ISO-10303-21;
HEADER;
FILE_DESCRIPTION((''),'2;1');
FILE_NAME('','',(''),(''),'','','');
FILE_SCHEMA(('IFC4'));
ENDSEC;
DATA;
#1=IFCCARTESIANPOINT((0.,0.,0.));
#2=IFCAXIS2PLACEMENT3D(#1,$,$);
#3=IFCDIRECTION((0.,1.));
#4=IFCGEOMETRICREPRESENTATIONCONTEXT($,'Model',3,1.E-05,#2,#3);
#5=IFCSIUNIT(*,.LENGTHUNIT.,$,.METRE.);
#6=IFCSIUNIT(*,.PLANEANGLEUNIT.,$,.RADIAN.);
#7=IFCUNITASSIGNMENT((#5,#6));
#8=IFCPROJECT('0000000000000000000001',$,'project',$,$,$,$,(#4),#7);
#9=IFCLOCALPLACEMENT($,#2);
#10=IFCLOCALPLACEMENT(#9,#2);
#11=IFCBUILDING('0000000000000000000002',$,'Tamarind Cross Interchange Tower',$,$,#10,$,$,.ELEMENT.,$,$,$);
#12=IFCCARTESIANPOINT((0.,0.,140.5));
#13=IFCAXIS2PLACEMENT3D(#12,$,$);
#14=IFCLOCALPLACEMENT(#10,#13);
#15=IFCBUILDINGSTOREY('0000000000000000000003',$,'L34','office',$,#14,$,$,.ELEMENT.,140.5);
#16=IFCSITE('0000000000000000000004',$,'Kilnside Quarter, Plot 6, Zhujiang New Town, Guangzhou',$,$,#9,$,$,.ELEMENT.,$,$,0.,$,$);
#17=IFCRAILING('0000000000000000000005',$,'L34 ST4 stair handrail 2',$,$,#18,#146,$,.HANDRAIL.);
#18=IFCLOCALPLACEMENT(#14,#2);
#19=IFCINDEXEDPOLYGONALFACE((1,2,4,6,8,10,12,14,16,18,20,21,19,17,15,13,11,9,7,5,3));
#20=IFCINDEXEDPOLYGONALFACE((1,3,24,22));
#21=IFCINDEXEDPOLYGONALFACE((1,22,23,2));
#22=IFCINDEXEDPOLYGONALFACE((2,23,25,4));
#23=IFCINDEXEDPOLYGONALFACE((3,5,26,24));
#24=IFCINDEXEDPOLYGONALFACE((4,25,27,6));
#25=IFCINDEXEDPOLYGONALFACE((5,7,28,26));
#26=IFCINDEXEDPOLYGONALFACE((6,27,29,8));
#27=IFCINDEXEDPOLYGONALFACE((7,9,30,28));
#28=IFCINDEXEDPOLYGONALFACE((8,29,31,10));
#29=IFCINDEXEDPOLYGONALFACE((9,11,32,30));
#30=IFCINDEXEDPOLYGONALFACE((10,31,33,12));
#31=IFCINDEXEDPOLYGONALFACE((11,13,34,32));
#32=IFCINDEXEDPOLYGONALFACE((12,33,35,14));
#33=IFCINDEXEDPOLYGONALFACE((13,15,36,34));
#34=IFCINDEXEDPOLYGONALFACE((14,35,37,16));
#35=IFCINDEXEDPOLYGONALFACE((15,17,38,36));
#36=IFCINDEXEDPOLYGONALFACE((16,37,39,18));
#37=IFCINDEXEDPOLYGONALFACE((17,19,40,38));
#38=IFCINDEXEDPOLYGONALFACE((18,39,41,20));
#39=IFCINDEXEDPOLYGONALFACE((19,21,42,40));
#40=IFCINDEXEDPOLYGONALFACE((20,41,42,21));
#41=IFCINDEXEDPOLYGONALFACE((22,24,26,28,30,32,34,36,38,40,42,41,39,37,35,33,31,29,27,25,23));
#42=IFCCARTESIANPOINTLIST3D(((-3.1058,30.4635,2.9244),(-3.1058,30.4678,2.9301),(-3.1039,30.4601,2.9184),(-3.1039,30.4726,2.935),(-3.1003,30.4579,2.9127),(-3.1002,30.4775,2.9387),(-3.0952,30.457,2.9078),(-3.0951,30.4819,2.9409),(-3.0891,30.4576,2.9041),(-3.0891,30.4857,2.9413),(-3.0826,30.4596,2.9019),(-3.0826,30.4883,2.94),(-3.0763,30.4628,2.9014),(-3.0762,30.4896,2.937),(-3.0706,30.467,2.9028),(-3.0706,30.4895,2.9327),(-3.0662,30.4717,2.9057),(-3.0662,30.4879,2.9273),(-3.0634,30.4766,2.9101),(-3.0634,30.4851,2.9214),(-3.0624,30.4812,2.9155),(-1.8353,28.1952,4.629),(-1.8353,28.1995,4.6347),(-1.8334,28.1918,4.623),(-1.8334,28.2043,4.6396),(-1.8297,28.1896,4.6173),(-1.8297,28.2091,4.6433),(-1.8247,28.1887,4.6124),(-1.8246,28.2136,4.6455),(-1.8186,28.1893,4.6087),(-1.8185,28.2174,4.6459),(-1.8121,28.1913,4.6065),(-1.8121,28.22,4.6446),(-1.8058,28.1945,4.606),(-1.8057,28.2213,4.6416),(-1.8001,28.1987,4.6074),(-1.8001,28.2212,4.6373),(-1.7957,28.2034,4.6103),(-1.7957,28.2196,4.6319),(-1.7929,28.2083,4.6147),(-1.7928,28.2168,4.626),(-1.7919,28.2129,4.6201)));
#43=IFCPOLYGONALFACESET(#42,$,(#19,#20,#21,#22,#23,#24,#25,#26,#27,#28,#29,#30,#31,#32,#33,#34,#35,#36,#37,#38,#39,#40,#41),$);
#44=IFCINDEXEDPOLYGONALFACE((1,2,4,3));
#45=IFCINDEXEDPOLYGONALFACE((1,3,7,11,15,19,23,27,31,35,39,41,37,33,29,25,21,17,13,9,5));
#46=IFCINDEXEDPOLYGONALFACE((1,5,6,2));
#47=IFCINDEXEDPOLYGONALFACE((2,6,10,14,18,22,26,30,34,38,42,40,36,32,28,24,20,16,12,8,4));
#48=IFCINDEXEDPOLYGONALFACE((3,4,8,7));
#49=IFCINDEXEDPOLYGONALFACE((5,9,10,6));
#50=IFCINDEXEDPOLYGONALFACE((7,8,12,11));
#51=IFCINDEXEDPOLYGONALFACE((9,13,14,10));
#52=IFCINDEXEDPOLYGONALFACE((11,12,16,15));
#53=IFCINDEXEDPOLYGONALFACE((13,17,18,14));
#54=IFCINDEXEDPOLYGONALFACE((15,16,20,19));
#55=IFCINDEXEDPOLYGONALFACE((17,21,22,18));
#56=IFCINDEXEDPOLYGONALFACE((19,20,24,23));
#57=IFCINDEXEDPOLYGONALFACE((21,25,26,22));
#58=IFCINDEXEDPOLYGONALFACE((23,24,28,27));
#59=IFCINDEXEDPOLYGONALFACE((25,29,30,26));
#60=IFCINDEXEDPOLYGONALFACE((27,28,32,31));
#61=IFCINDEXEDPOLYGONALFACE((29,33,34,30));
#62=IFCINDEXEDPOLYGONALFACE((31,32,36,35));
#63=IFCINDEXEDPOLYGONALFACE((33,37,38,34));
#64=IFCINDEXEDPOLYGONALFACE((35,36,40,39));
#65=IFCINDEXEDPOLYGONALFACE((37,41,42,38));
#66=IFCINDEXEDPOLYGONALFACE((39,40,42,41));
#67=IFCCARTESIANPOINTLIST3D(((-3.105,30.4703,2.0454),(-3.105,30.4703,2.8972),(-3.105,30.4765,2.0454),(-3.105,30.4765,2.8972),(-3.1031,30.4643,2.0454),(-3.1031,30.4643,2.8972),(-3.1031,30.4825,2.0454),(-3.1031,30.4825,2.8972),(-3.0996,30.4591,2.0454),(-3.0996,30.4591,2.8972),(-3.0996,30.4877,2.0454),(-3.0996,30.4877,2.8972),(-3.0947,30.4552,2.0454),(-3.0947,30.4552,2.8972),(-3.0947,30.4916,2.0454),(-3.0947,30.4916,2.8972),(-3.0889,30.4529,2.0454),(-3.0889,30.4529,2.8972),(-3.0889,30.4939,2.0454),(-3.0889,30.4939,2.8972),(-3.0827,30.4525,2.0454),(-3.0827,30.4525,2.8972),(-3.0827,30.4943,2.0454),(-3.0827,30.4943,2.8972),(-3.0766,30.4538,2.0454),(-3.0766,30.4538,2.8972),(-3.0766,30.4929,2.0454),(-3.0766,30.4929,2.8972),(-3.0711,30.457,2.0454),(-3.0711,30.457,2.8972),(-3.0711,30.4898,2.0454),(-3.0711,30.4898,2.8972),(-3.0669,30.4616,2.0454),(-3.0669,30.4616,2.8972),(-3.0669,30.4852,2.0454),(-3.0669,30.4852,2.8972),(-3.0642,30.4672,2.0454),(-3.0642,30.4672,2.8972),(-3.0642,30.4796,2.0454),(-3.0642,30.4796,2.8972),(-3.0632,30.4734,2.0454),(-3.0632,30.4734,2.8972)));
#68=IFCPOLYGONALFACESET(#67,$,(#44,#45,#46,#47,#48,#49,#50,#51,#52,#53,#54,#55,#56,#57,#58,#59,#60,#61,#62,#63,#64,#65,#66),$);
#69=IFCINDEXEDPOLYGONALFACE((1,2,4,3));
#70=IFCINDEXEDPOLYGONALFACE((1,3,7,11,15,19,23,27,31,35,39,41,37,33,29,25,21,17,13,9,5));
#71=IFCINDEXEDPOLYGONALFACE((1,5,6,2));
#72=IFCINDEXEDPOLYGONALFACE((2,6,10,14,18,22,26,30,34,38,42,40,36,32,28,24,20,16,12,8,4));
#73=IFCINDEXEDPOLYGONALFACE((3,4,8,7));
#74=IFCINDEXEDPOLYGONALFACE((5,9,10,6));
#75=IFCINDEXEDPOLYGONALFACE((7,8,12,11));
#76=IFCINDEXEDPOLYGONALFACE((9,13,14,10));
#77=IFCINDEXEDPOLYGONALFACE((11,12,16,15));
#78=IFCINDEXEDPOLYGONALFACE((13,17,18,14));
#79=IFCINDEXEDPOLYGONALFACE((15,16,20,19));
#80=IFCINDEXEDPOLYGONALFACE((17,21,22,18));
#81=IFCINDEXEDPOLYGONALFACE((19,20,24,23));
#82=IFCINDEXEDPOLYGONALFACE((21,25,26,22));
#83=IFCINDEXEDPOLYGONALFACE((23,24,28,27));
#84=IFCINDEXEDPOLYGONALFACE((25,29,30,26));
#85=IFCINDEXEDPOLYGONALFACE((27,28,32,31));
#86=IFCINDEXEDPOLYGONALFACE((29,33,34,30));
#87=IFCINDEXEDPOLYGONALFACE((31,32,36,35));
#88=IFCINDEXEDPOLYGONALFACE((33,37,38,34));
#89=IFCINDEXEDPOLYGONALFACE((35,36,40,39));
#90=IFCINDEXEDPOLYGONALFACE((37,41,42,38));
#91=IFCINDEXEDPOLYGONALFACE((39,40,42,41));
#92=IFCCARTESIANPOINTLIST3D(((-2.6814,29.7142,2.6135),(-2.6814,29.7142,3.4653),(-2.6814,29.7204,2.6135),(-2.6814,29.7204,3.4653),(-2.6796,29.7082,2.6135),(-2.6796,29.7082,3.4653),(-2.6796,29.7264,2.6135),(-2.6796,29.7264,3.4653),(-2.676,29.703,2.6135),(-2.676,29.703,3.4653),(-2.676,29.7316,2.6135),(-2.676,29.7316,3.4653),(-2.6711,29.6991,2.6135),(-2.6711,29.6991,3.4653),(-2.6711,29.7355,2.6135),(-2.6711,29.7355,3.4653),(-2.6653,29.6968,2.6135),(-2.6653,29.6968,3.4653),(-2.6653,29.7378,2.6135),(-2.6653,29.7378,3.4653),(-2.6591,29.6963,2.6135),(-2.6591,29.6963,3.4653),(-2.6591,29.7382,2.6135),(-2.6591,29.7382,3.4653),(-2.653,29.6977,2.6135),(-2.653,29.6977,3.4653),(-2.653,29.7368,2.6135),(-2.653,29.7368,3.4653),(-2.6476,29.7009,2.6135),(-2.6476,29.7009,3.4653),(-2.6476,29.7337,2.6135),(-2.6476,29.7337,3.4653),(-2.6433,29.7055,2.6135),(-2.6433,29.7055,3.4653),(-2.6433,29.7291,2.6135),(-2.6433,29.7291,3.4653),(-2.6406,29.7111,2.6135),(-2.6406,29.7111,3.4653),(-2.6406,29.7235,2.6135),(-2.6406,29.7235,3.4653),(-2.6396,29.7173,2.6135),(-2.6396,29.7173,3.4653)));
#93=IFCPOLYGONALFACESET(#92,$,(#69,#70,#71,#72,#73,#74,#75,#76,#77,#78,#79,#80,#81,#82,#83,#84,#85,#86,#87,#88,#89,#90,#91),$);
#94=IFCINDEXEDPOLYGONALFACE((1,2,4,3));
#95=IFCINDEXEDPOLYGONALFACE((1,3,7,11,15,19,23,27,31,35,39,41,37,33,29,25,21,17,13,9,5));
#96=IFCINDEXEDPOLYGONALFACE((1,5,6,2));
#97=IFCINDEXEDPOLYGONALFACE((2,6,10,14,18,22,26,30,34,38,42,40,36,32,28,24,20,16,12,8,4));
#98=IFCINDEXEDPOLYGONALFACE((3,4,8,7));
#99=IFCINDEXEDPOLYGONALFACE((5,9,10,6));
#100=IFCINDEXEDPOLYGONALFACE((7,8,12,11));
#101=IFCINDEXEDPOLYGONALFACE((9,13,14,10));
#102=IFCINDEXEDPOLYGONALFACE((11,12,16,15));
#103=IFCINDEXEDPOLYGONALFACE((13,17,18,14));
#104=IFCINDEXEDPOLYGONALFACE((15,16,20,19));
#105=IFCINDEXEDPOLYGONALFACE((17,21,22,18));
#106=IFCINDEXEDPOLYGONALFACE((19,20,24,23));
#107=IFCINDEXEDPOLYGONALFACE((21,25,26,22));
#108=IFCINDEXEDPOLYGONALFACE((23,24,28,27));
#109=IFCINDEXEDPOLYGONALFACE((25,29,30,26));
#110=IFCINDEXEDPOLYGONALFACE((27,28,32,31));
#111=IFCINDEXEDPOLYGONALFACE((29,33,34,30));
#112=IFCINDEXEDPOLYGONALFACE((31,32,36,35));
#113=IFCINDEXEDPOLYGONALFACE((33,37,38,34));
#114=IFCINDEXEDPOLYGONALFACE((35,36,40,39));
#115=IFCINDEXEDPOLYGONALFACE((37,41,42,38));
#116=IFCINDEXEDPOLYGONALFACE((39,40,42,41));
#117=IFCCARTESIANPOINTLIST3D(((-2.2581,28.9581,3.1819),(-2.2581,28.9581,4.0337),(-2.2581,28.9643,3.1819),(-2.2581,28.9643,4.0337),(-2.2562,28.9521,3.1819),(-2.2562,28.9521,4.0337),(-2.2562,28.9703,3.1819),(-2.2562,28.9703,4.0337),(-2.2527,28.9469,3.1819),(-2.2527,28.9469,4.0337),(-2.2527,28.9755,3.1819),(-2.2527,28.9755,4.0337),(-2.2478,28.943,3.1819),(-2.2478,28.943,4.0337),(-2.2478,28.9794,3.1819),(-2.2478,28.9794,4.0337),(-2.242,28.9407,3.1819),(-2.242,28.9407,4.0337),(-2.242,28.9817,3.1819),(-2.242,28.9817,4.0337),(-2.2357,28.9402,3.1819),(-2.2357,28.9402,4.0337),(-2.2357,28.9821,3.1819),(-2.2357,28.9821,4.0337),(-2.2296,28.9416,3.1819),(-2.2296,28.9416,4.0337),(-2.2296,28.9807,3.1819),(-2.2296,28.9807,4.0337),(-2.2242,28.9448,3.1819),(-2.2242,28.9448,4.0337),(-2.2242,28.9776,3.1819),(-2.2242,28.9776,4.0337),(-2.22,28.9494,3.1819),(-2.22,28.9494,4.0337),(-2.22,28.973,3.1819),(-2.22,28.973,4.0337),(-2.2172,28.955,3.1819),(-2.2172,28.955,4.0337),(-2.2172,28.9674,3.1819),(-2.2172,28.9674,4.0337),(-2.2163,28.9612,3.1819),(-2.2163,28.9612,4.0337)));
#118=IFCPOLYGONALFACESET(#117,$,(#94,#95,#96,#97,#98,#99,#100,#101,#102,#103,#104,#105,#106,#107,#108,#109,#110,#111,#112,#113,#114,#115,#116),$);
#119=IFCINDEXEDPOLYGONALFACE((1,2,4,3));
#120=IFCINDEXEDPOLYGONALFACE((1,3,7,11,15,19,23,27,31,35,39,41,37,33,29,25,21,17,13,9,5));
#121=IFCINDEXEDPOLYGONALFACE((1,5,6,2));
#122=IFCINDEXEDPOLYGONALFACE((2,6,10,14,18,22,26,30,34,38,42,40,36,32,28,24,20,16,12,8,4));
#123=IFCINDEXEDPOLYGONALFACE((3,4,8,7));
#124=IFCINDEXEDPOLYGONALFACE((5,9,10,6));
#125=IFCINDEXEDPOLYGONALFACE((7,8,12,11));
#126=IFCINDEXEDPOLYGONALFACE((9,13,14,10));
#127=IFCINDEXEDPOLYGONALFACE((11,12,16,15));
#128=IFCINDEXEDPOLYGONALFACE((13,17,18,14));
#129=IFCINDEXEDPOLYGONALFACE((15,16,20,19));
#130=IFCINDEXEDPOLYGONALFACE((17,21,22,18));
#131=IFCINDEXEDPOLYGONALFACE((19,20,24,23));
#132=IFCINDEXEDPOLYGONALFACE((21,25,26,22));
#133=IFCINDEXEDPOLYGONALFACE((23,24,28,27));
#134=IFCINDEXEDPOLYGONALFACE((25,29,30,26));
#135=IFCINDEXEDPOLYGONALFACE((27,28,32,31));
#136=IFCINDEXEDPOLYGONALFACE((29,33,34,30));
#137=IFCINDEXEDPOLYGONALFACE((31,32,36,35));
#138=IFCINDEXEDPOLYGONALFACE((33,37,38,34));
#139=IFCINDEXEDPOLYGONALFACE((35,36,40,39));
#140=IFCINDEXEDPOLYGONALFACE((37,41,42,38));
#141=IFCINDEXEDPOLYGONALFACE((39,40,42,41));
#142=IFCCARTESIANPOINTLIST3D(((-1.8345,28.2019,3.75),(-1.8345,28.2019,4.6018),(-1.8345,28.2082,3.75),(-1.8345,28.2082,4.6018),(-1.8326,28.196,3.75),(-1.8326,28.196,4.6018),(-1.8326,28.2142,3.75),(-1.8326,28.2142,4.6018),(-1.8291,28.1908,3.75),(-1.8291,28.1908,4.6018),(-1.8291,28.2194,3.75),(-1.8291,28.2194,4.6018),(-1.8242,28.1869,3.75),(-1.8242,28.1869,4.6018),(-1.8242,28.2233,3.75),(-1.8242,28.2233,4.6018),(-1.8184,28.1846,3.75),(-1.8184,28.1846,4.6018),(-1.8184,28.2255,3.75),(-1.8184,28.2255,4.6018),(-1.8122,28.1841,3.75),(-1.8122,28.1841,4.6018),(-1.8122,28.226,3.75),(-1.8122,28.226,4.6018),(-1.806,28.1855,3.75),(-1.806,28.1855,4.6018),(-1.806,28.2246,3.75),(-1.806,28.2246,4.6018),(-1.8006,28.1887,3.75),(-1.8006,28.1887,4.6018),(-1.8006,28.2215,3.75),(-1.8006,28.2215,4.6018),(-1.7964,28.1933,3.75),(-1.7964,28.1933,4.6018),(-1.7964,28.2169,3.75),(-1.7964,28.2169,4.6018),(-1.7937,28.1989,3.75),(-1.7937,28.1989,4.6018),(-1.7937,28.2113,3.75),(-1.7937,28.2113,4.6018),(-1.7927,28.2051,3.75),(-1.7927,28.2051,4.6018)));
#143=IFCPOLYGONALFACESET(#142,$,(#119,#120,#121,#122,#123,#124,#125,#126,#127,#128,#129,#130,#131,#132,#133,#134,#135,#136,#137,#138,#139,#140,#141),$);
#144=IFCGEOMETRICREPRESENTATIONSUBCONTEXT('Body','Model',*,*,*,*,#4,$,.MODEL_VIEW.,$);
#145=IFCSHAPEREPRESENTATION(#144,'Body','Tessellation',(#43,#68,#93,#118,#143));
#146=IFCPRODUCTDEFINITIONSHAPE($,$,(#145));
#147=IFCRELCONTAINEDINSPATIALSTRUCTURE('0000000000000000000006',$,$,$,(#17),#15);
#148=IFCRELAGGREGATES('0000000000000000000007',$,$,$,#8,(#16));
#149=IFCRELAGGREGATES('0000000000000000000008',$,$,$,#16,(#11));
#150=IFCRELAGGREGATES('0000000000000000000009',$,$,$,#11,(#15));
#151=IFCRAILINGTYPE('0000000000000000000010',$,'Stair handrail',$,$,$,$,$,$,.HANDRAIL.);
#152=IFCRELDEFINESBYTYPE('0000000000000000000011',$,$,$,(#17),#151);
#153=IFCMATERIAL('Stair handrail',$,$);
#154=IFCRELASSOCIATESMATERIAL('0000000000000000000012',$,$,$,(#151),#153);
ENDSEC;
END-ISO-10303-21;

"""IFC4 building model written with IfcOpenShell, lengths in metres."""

from ifc_helpers import new_model, si_unit, direction, frame, origin, origin_2d, place, context, subcontext, project, spatial, circle, extrude, material, type_object, element, save


model = new_model("IFC4")

# Units and contexts
model_context = context("Model", 3, precision=1e-05, world=origin(), true_north=direction((0.0, 1.0)))
body_context = subcontext(model_context, "Body", "Model", "MODEL_VIEW")
ifc_project = project(units=[si_unit("LENGTHUNIT", "METRE"), si_unit("PLANEANGLEUNIT", "RADIAN")], contexts=[model_context])

# Site, building, storey
site_placement = place(None, origin())
site = spatial("IfcSite", under=ifc_project, at=site_placement, Name="Kilnside Quarter, Plot 6, Zhujiang New Town, Guangzhou", CompositionType="ELEMENT", RefElevation=0.0)
building_placement = place(site_placement, origin())
building = spatial("IfcBuilding", under=site, at=building_placement, Name="Tamarind Cross Interchange Tower", CompositionType="ELEMENT")
storey_placement = place(building_placement, frame((0.0, 0.0, 140.5)))
storey = spatial("IfcBuildingStorey", under=building, at=storey_placement, Name="L34", Description="office", CompositionType="ELEMENT", Elevation=140.5)

# Railing
ifc_material_1 = material(Name="Stair handrail")
railing_type_1 = type_object("IfcRailingType", Name="Stair handrail", PredefinedType="HANDRAIL", material=ifc_material_1)
railing_1_placement = place(storey_placement, frame((-3.0842, 30.4734, 2.0454)))
element("IfcRailing", 1, at=railing_1_placement, inside=storey, type_object=railing_type_1, Name="L34 ST4 stair handrail 2", PredefinedType="HANDRAIL", context=body_context, shape_type="SweptSolid", body=[
    extrude(circle(Radius=0.0239, at=origin_2d()), frame((0.0, 0.0, 0.876), z_axis=(0.408672, -0.729626, 0.5483), x_axis=(0.872464, 0.488678, 0.0)), (0.0, 0.0, 1.0), 3.1089),
    extrude(circle(Radius=0.021, at=origin_2d()), origin(), (0.0, 0.0, 1.0), 0.8518),
    extrude(circle(Radius=0.021, at=origin_2d()), frame((0.4236, -0.7561, 0.5681)), (0.0, 0.0, 1.0), 0.8518),
    extrude(circle(Radius=0.021, at=origin_2d()), frame((0.8469, -1.5122, 1.1365)), (0.0, 0.0, 1.0), 0.8518),
    extrude(circle(Radius=0.021, at=origin_2d()), frame((1.2705, -2.2683, 1.7046)), (0.0, 0.0, 1.0), 0.8518),
])

save(model, "model.ifc")
